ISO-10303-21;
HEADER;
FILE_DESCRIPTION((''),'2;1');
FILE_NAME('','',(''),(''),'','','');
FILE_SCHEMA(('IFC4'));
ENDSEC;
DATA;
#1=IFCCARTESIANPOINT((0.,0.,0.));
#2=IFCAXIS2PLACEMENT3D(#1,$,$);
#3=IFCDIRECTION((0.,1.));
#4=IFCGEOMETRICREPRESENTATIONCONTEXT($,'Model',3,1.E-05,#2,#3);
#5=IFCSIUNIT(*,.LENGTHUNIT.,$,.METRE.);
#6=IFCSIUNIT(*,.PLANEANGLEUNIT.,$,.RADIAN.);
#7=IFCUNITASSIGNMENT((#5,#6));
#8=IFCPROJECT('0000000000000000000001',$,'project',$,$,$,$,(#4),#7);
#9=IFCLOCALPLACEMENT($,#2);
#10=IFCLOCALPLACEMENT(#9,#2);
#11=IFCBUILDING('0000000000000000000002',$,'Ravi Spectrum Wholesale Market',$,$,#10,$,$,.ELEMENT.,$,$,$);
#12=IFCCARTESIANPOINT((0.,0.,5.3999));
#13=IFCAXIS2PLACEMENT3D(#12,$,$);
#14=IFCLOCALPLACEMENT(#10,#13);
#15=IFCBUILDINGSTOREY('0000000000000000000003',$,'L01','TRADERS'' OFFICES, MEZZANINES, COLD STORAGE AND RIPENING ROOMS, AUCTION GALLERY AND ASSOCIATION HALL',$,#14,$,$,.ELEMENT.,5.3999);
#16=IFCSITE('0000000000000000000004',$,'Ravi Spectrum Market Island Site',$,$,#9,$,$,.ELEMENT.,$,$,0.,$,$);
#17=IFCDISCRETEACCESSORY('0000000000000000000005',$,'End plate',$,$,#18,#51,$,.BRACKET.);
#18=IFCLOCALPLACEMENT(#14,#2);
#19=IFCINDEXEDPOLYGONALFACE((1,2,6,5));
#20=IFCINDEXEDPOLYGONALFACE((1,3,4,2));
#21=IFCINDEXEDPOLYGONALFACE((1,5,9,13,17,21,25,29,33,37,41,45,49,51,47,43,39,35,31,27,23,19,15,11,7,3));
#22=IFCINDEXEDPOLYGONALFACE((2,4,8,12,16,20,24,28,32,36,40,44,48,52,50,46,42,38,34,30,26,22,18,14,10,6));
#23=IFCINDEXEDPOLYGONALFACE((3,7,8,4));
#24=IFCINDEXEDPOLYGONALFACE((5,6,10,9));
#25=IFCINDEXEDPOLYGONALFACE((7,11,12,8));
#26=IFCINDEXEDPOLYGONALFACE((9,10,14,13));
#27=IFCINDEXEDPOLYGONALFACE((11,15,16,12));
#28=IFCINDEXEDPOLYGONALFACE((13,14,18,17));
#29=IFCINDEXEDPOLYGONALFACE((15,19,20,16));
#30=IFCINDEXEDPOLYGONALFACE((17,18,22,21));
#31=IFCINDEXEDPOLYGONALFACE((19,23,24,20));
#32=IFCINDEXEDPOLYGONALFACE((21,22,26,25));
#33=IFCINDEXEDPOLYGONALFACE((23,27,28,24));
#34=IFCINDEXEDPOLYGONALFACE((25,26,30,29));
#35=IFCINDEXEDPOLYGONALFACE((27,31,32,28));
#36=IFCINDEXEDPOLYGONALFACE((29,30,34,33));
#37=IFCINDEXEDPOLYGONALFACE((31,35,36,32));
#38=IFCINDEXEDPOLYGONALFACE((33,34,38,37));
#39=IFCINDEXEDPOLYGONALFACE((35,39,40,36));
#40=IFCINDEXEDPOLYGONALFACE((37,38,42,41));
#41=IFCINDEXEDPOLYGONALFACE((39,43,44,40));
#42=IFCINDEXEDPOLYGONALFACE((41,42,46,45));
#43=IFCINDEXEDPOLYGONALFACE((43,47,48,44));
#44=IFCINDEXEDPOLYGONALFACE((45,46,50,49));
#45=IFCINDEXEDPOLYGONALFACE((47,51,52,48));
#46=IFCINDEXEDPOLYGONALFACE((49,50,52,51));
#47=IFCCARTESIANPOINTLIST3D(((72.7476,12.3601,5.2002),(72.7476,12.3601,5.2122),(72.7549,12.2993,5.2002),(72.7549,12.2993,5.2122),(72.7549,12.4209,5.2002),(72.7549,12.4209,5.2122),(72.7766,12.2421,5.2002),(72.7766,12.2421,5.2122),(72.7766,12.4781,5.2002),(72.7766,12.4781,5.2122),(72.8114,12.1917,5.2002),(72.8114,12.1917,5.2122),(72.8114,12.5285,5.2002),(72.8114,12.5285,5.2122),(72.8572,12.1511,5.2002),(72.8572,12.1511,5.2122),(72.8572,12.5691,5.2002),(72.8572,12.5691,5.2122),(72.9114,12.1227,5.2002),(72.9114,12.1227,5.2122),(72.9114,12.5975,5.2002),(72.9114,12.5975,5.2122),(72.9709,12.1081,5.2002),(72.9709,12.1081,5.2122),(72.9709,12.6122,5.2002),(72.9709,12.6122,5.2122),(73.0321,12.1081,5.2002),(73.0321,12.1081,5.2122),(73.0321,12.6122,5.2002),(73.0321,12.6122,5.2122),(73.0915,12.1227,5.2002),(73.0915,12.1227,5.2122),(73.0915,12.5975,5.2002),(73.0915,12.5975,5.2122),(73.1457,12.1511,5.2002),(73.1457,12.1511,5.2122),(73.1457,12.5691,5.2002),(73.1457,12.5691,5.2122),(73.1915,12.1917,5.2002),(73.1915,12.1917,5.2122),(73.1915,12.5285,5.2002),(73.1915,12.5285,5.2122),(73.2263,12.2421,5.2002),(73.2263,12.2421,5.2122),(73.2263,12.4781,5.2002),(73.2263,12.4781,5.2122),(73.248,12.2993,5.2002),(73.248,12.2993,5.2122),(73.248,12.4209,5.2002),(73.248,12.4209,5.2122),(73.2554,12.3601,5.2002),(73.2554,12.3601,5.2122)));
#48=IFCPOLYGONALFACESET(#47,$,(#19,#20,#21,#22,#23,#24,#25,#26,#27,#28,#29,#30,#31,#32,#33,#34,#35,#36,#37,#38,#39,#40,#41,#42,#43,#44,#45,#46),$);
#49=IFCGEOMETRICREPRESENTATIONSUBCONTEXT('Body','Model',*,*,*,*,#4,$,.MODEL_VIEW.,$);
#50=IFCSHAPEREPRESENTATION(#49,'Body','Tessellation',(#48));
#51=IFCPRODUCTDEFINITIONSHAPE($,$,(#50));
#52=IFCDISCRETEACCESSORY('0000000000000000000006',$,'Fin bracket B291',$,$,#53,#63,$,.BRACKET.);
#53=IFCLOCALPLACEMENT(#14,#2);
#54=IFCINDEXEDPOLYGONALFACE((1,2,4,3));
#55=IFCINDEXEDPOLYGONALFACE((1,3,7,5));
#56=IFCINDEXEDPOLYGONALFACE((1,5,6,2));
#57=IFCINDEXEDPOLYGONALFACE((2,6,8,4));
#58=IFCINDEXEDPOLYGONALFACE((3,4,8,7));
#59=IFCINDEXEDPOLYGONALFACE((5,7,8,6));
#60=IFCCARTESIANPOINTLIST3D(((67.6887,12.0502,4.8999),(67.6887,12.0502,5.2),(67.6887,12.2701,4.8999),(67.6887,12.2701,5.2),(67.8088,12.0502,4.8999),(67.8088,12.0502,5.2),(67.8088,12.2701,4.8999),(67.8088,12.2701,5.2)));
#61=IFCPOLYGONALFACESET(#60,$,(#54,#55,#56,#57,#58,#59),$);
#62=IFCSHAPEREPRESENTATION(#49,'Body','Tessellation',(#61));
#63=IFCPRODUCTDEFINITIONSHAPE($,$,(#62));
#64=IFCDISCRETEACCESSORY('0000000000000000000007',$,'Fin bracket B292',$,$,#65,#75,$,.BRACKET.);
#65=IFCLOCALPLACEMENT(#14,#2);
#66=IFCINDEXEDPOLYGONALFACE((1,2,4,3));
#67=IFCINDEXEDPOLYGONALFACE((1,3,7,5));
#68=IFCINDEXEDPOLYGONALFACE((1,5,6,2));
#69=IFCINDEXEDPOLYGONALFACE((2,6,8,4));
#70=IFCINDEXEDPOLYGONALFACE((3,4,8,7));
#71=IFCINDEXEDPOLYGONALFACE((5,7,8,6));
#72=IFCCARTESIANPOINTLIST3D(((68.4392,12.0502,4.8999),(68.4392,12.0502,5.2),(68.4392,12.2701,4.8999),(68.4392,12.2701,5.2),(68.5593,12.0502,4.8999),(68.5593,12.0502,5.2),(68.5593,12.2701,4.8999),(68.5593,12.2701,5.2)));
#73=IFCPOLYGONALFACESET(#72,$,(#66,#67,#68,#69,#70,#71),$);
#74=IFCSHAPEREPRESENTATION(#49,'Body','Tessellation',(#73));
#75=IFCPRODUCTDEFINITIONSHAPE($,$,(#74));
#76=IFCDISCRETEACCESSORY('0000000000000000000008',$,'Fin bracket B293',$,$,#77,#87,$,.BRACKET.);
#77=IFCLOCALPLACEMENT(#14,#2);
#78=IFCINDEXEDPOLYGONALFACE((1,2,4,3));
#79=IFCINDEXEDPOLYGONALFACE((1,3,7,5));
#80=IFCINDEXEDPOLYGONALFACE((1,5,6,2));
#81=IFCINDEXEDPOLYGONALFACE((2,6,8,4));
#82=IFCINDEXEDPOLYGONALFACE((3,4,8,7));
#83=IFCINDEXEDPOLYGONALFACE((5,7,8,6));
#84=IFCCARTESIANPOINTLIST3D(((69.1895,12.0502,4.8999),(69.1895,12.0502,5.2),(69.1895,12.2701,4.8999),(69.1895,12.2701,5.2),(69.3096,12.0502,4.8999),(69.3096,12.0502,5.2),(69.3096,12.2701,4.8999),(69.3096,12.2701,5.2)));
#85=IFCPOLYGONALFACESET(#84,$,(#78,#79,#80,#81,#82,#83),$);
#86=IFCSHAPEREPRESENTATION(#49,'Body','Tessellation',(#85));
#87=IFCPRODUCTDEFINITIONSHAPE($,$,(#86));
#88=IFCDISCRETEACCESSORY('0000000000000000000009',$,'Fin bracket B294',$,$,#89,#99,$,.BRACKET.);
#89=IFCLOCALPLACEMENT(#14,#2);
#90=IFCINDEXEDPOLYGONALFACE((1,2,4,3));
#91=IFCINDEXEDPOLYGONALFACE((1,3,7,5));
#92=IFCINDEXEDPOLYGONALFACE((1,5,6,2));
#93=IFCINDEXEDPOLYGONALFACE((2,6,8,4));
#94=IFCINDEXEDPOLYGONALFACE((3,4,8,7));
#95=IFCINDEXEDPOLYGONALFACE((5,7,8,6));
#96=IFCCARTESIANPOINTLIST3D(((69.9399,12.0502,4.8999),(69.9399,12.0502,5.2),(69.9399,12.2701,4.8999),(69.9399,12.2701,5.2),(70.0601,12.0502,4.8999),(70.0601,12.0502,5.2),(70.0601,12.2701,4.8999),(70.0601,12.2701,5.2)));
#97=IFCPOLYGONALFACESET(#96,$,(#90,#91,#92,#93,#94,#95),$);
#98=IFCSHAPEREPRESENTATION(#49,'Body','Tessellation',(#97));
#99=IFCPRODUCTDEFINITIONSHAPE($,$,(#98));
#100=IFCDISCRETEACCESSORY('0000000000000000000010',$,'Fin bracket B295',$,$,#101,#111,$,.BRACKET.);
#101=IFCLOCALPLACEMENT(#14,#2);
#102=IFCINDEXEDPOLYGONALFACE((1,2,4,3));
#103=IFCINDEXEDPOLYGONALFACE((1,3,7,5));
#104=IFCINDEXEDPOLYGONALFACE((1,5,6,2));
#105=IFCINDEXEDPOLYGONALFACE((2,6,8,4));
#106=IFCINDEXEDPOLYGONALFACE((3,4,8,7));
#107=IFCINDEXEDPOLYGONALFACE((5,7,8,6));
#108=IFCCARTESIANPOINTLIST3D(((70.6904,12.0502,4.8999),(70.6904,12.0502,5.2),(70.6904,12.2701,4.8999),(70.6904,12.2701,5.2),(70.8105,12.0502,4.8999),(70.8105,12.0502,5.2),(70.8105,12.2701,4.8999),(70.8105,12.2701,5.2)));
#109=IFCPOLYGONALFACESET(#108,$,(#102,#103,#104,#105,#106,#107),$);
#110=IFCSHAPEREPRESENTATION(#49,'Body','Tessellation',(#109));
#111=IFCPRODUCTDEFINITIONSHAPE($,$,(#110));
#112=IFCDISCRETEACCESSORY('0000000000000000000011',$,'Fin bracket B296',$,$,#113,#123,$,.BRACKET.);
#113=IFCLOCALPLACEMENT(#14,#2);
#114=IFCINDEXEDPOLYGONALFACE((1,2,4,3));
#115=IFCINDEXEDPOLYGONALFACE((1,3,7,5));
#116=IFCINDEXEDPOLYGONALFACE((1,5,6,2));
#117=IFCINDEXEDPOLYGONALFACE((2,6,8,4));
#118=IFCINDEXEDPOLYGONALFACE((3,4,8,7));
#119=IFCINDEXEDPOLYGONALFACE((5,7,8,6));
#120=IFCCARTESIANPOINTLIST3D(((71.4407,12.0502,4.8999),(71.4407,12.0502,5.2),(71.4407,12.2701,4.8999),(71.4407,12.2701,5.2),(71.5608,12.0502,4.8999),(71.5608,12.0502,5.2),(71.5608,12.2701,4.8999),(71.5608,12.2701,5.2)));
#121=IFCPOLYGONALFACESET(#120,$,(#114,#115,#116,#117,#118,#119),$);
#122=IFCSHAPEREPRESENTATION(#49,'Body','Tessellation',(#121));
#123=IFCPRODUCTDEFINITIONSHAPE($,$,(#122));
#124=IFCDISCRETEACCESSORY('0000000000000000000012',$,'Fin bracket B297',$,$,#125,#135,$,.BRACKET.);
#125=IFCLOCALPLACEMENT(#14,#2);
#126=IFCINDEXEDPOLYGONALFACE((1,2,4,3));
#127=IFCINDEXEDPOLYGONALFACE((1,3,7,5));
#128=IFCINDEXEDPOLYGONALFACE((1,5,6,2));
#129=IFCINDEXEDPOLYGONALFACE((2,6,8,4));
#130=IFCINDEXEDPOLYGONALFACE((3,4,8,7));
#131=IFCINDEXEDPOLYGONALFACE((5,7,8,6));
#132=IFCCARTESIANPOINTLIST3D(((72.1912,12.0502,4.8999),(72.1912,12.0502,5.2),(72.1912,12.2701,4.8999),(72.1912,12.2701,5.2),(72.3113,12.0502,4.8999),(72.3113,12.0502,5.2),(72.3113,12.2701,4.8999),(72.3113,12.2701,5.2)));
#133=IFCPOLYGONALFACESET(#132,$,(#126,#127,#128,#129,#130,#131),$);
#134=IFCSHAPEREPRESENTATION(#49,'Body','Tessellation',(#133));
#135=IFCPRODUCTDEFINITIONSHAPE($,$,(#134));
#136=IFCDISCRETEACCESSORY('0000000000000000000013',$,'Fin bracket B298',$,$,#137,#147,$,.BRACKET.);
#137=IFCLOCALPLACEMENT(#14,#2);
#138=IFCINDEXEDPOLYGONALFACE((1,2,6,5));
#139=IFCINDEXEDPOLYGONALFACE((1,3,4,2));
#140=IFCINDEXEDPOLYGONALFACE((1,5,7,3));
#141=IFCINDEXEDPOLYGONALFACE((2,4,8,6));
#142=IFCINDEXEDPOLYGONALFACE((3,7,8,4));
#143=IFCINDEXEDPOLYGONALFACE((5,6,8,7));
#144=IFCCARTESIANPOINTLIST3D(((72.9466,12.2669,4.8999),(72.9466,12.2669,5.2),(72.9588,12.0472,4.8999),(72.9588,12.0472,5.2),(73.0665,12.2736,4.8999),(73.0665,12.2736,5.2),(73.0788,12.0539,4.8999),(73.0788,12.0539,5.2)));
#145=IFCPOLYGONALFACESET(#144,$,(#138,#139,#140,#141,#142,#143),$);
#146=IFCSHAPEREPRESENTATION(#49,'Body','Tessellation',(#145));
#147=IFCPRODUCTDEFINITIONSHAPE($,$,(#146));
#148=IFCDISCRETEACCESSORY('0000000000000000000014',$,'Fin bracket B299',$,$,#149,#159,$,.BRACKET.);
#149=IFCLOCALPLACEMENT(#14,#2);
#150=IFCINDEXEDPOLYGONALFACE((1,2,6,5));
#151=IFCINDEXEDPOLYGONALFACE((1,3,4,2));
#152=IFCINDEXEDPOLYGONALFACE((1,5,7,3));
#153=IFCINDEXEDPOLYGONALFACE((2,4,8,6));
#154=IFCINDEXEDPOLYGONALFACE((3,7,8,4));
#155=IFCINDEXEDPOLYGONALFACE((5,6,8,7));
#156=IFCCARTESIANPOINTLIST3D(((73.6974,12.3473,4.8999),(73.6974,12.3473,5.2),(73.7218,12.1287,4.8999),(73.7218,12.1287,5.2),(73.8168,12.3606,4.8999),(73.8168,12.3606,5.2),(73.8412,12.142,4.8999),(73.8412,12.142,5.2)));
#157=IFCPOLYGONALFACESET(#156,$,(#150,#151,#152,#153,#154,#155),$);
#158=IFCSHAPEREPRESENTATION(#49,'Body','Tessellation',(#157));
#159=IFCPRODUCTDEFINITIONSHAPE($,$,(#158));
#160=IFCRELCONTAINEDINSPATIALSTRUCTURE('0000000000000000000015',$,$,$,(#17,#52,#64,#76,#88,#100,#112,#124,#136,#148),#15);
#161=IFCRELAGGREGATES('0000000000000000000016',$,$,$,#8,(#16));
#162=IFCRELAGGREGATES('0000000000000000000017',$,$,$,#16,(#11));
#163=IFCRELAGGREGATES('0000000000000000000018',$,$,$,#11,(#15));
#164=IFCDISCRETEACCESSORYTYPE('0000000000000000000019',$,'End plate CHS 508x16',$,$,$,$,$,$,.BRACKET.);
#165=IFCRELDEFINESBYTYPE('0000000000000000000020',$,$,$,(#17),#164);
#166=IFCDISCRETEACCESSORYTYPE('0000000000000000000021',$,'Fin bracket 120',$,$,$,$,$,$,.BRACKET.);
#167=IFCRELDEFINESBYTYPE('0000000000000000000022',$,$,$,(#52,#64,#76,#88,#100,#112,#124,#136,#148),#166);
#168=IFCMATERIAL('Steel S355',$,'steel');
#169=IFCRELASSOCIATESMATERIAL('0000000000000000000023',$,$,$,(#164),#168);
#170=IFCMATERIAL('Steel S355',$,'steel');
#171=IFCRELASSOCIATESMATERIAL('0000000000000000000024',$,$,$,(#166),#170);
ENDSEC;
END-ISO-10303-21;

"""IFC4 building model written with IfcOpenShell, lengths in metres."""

from ifc_helpers import new_model, si_unit, direction, frame, origin, origin_2d, place, context, subcontext, project, spatial, rectangle, circle, extrude, material, material_profile, profile_set, type_object, element, save


model = new_model("IFC4")

# Units and contexts
model_context = context("Model", 3, precision=1e-05, world=origin(), true_north=direction((0.0, 1.0)))
body_context = subcontext(model_context, "Body", "Model", "MODEL_VIEW")
ifc_project = project(units=[si_unit("LENGTHUNIT", "METRE"), si_unit("PLANEANGLEUNIT", "RADIAN")], contexts=[model_context])

# Site, building, storey
site_placement = place(None, origin())
site = spatial("IfcSite", under=ifc_project, at=site_placement, Name="Ravi Spectrum Market Island Site", CompositionType="ELEMENT", RefElevation=0.0)
building_placement = place(site_placement, origin())
building = spatial("IfcBuilding", under=site, at=building_placement, Name="Ravi Spectrum Wholesale Market", CompositionType="ELEMENT")
storey_placement = place(building_placement, frame((0.0, 0.0, 5.3999)))
storey = spatial("IfcBuildingStorey", under=building, at=storey_placement, Name="L01", Description="TRADERS' OFFICES, MEZZANINES, COLD STORAGE AND RIPENING ROOMS, AUCTION GALLERY AND ASSOCIATION HALL", CompositionType="ELEMENT", Elevation=5.3999)

# Discrete accessories
ifc_material_1 = material(Name="Steel S355", Category="steel")
ifc_material_profile_1 = material_profile(ifc_material_1, circle(Radius=0.2539, at=origin_2d()))
ifc_profile_set_1 = profile_set([ifc_material_profile_1], Name="Steel S355")
discrete_accessory_type_1 = type_object("IfcDiscreteAccessoryType", Name="End plate CHS 508x16", PredefinedType="BRACKET", material=ifc_profile_set_1)
discrete_accessory_placement = place(storey_placement, frame((73.0015, 12.3601, 5.2002), z_axis=(0.0, 0.0, 1.0), x_axis=(1.0, 0.0, 0.0)))
element("IfcDiscreteAccessory", 1, at=discrete_accessory_placement, inside=storey, type_object=discrete_accessory_type_1, Name="End plate", PredefinedType="BRACKET", context=body_context, shape_type="SweptSolid", body=[
    extrude(circle(Radius=0.2539, at=origin_2d()), origin(), (0.0, 0.0, 1.0), 0.012),
])
ifc_material_2 = material(Name="Steel S355", Category="steel")
discrete_accessory_type_2 = type_object("IfcDiscreteAccessoryType", Name="Fin bracket 120", PredefinedType="BRACKET", material=ifc_material_2)
for number, where, z_axis, x_axis, name in (
    (2, (67.7488, 12.1602, 4.8999), (0.0, 0.0, 1.0), (1.0, 0.0, 0.0), "Fin bracket B291"),
    (3, (68.4993, 12.1602, 4.8999), (0.0, 0.0, 1.0), (1.0, 0.0, 0.0), "Fin bracket B292"),
    (4, (69.2495, 12.1602, 4.8999), (0.0, 0.0, 1.0), (1.0, 0.0, 0.0), "Fin bracket B293"),
    (5, (70.0, 12.1602, 4.8999), (0.0, 0.0, 1.0), (1.0, 0.0, 0.0), "Fin bracket B294"),
    (6, (70.7505, 12.1602, 4.8999), (0.0, 0.0, 1.0), (1.0, 0.0, 0.0), "Fin bracket B295"),
    (7, (71.5007, 12.1602, 4.8999), (0.0, 0.0, 1.0), (1.0, 0.0, 0.0), "Fin bracket B296"),
    (8, (72.2512, 12.1602, 4.8999), (0.0, 0.0, 1.0), (1.0, 0.0, 0.0), "Fin bracket B297"),
    (9, (73.0127, 12.1604, 4.8999), (0.0, 0.0, 1.0), (0.998454, 0.055583, 0.0), "Fin bracket B298"),
    (10, (73.7693, 12.2446, 4.8999), (0.0, 0.0, 1.0), (0.993821, 0.110994, 0.0), "Fin bracket B299"),
):
    element("IfcDiscreteAccessory", number, at=place(storey_placement, frame(where, z_axis=z_axis, x_axis=x_axis)), inside=storey, type_object=discrete_accessory_type_2, Name=name, PredefinedType="BRACKET", context=body_context, shape_type="SweptSolid", body=[
        extrude(rectangle(XDim=0.1201, YDim=0.22, at=origin_2d()), origin(), (0.0, 0.0, 1.0), 0.3),
    ])

save(model, "model.ifc")
